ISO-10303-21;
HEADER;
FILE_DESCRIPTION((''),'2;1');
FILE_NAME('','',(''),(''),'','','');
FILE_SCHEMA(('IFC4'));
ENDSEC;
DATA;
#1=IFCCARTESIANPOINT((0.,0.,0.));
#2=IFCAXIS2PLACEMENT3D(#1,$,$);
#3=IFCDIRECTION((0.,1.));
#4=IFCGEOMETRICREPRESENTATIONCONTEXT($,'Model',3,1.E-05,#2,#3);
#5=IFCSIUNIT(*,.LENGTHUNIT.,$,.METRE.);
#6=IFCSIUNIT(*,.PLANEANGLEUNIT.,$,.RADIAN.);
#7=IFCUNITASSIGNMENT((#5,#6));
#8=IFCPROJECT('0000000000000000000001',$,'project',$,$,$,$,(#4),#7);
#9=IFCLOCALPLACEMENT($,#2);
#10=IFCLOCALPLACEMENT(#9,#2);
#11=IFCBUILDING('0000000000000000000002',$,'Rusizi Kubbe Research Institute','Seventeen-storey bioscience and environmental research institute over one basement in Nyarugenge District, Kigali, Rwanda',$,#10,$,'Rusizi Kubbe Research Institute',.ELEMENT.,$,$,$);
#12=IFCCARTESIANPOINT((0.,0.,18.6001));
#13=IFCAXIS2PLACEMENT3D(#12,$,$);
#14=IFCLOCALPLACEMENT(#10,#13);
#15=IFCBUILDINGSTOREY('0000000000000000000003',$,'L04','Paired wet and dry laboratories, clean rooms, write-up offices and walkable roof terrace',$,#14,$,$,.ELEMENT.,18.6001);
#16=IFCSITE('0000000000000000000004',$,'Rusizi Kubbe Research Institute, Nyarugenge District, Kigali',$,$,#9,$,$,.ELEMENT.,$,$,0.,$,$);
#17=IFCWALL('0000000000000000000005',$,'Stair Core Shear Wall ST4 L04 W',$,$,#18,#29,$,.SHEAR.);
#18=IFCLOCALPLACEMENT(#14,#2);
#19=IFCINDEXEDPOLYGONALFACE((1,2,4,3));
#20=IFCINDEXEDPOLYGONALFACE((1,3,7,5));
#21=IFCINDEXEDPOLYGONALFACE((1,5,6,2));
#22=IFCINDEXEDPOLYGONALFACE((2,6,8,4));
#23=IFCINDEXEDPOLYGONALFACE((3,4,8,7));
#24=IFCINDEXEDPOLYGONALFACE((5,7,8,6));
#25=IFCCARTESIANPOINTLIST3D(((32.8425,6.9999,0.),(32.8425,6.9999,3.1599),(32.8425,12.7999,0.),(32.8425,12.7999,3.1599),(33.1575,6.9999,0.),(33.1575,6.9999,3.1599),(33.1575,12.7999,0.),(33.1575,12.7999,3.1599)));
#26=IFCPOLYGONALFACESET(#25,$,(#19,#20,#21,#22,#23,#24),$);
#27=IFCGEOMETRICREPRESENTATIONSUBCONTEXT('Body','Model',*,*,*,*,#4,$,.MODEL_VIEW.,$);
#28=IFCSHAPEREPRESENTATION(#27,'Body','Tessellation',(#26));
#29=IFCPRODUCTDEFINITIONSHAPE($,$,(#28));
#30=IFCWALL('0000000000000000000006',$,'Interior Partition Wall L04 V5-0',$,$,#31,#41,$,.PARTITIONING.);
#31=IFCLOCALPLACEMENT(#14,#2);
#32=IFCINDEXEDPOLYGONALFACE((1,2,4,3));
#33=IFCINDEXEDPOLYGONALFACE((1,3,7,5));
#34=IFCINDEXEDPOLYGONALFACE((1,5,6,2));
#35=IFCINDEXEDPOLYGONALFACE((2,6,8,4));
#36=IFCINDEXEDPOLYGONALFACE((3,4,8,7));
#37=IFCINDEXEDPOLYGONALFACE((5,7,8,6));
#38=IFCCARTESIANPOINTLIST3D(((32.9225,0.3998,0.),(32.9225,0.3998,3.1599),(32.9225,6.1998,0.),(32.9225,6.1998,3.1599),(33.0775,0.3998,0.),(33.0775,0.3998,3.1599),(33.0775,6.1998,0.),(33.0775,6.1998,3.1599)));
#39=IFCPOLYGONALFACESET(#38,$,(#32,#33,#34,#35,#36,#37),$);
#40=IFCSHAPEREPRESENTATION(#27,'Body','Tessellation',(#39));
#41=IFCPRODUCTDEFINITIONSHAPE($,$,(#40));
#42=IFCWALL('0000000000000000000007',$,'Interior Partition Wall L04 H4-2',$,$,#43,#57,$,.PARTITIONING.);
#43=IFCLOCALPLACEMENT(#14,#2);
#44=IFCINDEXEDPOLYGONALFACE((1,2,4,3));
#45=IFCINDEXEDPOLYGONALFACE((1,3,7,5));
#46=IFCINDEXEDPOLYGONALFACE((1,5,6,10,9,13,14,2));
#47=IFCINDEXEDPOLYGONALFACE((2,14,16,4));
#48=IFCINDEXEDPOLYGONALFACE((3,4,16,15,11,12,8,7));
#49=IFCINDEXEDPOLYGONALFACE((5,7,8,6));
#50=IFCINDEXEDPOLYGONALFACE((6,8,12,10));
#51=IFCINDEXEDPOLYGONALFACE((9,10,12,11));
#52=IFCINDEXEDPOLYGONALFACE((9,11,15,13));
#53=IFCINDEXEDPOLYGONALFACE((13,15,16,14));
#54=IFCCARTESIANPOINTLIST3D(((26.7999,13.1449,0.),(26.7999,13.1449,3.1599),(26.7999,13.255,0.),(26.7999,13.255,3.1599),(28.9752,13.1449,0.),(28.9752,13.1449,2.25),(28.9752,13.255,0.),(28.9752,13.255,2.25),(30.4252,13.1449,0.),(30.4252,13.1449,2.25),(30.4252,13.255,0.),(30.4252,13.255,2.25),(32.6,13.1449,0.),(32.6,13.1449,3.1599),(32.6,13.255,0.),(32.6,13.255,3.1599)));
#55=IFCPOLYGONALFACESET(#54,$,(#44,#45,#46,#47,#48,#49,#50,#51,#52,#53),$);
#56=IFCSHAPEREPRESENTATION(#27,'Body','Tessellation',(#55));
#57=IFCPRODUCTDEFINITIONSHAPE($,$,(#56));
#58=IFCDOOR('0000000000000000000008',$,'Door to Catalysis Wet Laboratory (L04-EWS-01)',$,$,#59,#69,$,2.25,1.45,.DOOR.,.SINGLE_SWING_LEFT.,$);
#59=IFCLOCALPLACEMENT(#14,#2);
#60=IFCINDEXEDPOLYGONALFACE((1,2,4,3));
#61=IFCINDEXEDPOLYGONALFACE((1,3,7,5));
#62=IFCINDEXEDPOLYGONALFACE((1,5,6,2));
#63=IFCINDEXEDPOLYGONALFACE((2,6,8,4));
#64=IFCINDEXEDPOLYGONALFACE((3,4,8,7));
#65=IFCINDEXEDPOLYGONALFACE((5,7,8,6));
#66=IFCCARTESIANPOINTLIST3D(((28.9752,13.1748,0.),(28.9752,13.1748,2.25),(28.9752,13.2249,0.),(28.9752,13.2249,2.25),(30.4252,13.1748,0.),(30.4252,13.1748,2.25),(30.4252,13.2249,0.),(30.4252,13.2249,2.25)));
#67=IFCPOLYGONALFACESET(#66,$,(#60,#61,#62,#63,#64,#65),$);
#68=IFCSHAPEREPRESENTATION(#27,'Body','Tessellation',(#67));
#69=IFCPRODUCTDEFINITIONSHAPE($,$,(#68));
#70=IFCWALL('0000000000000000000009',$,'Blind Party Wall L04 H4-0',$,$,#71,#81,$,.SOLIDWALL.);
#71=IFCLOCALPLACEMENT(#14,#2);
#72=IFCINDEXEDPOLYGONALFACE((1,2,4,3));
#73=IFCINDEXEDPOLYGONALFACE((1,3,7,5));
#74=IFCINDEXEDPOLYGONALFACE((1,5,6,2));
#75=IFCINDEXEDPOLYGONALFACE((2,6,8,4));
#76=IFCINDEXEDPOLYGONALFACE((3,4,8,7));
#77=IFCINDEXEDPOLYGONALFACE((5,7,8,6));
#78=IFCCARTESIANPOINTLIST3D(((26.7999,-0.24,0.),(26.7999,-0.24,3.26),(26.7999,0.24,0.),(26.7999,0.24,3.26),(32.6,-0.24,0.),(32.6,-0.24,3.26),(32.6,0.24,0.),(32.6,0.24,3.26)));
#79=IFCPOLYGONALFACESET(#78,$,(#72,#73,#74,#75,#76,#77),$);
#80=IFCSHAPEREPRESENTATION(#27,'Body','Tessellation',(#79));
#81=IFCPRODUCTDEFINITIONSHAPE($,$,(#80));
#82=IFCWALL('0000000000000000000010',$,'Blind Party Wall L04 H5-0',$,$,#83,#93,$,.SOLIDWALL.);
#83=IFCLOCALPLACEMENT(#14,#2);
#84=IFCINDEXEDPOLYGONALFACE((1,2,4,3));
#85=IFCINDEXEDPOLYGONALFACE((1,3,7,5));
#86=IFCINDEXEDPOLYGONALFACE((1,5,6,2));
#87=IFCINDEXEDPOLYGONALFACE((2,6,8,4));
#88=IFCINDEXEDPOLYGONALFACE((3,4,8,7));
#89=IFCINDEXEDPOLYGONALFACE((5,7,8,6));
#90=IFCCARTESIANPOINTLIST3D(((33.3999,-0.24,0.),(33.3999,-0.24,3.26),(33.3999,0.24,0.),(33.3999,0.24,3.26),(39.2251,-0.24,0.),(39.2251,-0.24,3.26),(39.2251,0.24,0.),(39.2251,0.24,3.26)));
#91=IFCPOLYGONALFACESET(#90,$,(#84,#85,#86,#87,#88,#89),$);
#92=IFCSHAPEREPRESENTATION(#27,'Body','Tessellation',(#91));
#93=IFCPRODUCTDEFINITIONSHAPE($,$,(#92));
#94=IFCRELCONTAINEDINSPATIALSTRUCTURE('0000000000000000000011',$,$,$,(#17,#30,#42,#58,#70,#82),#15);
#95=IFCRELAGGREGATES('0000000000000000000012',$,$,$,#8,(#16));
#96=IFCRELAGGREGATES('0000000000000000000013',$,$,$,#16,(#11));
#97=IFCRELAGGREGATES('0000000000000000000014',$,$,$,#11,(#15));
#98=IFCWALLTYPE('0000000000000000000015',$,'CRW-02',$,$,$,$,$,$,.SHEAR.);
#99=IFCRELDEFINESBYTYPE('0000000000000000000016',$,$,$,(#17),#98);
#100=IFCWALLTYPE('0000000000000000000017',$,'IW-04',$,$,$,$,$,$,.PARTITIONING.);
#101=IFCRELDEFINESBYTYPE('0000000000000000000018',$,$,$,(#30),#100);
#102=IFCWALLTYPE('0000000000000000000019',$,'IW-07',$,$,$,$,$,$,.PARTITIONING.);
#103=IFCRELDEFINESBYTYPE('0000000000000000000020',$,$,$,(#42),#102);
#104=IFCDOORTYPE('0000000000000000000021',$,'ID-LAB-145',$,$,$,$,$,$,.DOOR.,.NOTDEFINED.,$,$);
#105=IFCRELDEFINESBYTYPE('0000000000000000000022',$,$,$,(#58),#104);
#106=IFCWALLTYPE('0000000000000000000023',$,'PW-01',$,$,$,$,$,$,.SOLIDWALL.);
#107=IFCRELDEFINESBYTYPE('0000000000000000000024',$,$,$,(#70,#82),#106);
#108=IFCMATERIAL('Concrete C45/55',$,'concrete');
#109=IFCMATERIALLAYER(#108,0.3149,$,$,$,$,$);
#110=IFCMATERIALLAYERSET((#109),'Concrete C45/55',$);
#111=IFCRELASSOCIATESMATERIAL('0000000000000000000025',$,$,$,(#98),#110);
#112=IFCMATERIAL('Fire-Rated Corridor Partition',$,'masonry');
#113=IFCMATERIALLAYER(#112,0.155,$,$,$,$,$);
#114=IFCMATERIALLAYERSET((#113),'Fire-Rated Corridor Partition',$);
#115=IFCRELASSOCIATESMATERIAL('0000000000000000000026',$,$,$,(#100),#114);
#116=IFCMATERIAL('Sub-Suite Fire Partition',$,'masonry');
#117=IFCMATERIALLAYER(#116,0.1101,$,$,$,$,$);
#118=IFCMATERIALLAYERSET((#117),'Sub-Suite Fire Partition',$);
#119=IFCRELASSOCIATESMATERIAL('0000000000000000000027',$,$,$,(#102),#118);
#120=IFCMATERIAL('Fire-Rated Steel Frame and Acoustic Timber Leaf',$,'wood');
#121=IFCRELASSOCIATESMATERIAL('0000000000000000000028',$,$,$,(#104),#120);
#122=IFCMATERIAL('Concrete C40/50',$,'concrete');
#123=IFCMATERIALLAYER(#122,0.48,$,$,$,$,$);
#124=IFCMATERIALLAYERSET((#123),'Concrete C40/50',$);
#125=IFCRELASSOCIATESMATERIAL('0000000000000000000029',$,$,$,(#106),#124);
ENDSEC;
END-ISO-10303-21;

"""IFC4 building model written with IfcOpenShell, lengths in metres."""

from ifc_helpers import new_model, si_unit, direction, frame, frame_2d, origin, place, context, subcontext, project, spatial, rectangle, extrude, material, layer, layer_set, type_object, element, fill, save


model = new_model("IFC4")

# Units and contexts
model_context = context("Model", 3, precision=1e-05, world=origin(), true_north=direction((0.0, 1.0)))
body_context = subcontext(model_context, "Body", "Model", "MODEL_VIEW")
ifc_project = project(units=[si_unit("LENGTHUNIT", "METRE"), si_unit("PLANEANGLEUNIT", "RADIAN")], contexts=[model_context])

# Site, building, storey
site_placement = place(None, origin())
site = spatial("IfcSite", under=ifc_project, at=site_placement, Name="Rusizi Kubbe Research Institute, Nyarugenge District, Kigali", CompositionType="ELEMENT", RefElevation=0.0)
building_placement = place(site_placement, origin())
building = spatial("IfcBuilding", under=site, at=building_placement, Name="Rusizi Kubbe Research Institute", Description="Seventeen-storey bioscience and environmental research institute over one basement in Nyarugenge District, Kigali, Rwanda", LongName="Rusizi Kubbe Research Institute", CompositionType="ELEMENT")
storey_placement = place(building_placement, frame((0.0, 0.0, 18.6001)))
storey = spatial("IfcBuildingStorey", under=building, at=storey_placement, Name="L04", Description="Paired wet and dry laboratories, clean rooms, write-up offices and walkable roof terrace", CompositionType="ELEMENT", Elevation=18.6001)

# Shared definitions
ifc_material_1 = material(Name="Concrete C45/55", Category="concrete")
ifc_layer_1 = layer(ifc_material_1, 0.3149)
ifc_layer_set_1 = layer_set([ifc_layer_1], Name="Concrete C45/55")
wall_type_1 = type_object("IfcWallType", Name="CRW-02", PredefinedType="SHEAR", material=ifc_layer_set_1)

# Walls
wall_1_placement = place(storey_placement, frame((33.0, 7.0, 0.0), z_axis=(0.0, 0.0, 1.0), x_axis=(0.0, 1.0, 0.0)))
element("IfcWall", 1, at=wall_1_placement, inside=storey, type_object=wall_type_1, Name="Stair Core Shear Wall ST4 L04 W", PredefinedType="SHEAR", context=body_context, shape_type="SweptSolid", body=[
    extrude(rectangle(XDim=5.8, YDim=0.3149, at=frame_2d((2.8999, 0.0))), origin(), (0.0, 0.0, 1.0), 3.1599),
])
ifc_material_2 = material(Name="Fire-Rated Corridor Partition", Category="masonry")
ifc_layer_2 = layer(ifc_material_2, 0.155)
ifc_layer_set_2 = layer_set([ifc_layer_2], Name="Fire-Rated Corridor Partition")
wall_type_2 = type_object("IfcWallType", Name="IW-04", PredefinedType="PARTITIONING", material=ifc_layer_set_2)
wall_2_placement = place(storey_placement, frame((33.0, 0.3999, 0.0), z_axis=(0.0, 0.0, 1.0), x_axis=(0.0, 1.0, 0.0)))
element("IfcWall", 2, at=wall_2_placement, inside=storey, type_object=wall_type_2, Name="Interior Partition Wall L04 V5-0", PredefinedType="PARTITIONING", context=body_context, shape_type="SweptSolid", body=[
    extrude(rectangle(XDim=5.8, YDim=0.155, at=frame_2d((2.8999, 0.0))), origin(), (0.0, 0.0, 1.0), 3.1599),
])

# Wall, opening, door
ifc_material_3 = material(Name="Sub-Suite Fire Partition", Category="masonry")
ifc_layer_3 = layer(ifc_material_3, 0.1101)
ifc_layer_set_3 = layer_set([ifc_layer_3], Name="Sub-Suite Fire Partition")
wall_type_3 = type_object("IfcWallType", Name="IW-07", PredefinedType="PARTITIONING", material=ifc_layer_set_3)
wall_3_placement = place(storey_placement, frame((26.8, 13.2, 0.0), z_axis=(0.0, 0.0, 1.0), x_axis=(1.0, 0.0, 0.0)))
wall_3 = element("IfcWall", 3, at=wall_3_placement, inside=storey, type_object=wall_type_3, Name="Interior Partition Wall L04 H4-2", PredefinedType="PARTITIONING", context=body_context, shape_type="SweptSolid", body=[
    extrude(rectangle(XDim=5.8, YDim=0.1101, at=frame_2d((2.8999, 0.0))), origin(), (0.0, 0.0, 1.0), 3.1599),
])
opening_1_placement = place(wall_3_placement, frame((2.175, 0.0, 0.0)))
opening_1 = element("IfcOpeningElement", 4, at=opening_1_placement, cuts=wall_3, PredefinedType="OPENING", context=body_context, shape_type="SweptSolid", body=[
    extrude(rectangle(XDim=1.45, YDim=2.25, at=frame_2d((0.7251, 1.125))), frame((0.0, 0.0649, 0.0), z_axis=(0.0, -1.0, 0.0), x_axis=(1.0, 0.0, 0.0)), (0.0, 0.0, 1.0), 0.1301),
])
ifc_material_4 = material(Name="Fire-Rated Steel Frame and Acoustic Timber Leaf", Category="wood")
door_type_1 = type_object("IfcDoorType", Name="ID-LAB-145", OperationType="NOTDEFINED", PredefinedType="DOOR", material=ifc_material_4)
door_1_placement = place(opening_1_placement, origin())
door_1 = element("IfcDoor", 5, at=door_1_placement, inside=storey, type_object=door_type_1, Name="Door to Catalysis Wet Laboratory (L04-EWS-01)", OperationType="SINGLE_SWING_LEFT", OverallHeight=2.25, OverallWidth=1.45, PredefinedType="DOOR", context=body_context, shape_type="SweptSolid", body=[
    extrude(rectangle(XDim=1.45, YDim=2.25, at=frame_2d((0.7251, 1.125))), frame((0.0, 0.0249, 0.0), z_axis=(0.0, -1.0, 0.0), x_axis=(1.0, 0.0, 0.0)), (0.0, 0.0, 1.0), 0.05),
])
fill(opening_1, door_1)

# Walls
ifc_material_5 = material(Name="Concrete C40/50", Category="concrete")
ifc_layer_4 = layer(ifc_material_5, 0.48)
ifc_layer_set_4 = layer_set([ifc_layer_4], Name="Concrete C40/50")
wall_type_4 = type_object("IfcWallType", Name="PW-01", PredefinedType="SOLIDWALL", material=ifc_layer_set_4)
wall_4_placement = place(storey_placement, frame((26.8, 0.0, 0.0), z_axis=(0.0, 0.0, 1.0), x_axis=(1.0, 0.0, 0.0)))
element("IfcWall", 6, at=wall_4_placement, inside=storey, type_object=wall_type_4, Name="Blind Party Wall L04 H4-0", PredefinedType="SOLIDWALL", context=body_context, shape_type="SweptSolid", body=[
    extrude(rectangle(XDim=5.8, YDim=0.48, at=frame_2d((2.8999, 0.0))), origin(), (0.0, 0.0, 1.0), 3.26),
])
wall_5_placement = place(storey_placement, frame((33.3999, 0.0, 0.0), z_axis=(0.0, 0.0, 1.0), x_axis=(1.0, 0.0, 0.0)))
element("IfcWall", 7, at=wall_5_placement, inside=storey, type_object=wall_type_4, Name="Blind Party Wall L04 H5-0", PredefinedType="SOLIDWALL", context=body_context, shape_type="SweptSolid", body=[
    extrude(rectangle(XDim=5.8252, YDim=0.48, at=frame_2d((2.9126, 0.0))), origin(), (0.0, 0.0, 1.0), 3.26),
])

save(model, "model.ifc")
